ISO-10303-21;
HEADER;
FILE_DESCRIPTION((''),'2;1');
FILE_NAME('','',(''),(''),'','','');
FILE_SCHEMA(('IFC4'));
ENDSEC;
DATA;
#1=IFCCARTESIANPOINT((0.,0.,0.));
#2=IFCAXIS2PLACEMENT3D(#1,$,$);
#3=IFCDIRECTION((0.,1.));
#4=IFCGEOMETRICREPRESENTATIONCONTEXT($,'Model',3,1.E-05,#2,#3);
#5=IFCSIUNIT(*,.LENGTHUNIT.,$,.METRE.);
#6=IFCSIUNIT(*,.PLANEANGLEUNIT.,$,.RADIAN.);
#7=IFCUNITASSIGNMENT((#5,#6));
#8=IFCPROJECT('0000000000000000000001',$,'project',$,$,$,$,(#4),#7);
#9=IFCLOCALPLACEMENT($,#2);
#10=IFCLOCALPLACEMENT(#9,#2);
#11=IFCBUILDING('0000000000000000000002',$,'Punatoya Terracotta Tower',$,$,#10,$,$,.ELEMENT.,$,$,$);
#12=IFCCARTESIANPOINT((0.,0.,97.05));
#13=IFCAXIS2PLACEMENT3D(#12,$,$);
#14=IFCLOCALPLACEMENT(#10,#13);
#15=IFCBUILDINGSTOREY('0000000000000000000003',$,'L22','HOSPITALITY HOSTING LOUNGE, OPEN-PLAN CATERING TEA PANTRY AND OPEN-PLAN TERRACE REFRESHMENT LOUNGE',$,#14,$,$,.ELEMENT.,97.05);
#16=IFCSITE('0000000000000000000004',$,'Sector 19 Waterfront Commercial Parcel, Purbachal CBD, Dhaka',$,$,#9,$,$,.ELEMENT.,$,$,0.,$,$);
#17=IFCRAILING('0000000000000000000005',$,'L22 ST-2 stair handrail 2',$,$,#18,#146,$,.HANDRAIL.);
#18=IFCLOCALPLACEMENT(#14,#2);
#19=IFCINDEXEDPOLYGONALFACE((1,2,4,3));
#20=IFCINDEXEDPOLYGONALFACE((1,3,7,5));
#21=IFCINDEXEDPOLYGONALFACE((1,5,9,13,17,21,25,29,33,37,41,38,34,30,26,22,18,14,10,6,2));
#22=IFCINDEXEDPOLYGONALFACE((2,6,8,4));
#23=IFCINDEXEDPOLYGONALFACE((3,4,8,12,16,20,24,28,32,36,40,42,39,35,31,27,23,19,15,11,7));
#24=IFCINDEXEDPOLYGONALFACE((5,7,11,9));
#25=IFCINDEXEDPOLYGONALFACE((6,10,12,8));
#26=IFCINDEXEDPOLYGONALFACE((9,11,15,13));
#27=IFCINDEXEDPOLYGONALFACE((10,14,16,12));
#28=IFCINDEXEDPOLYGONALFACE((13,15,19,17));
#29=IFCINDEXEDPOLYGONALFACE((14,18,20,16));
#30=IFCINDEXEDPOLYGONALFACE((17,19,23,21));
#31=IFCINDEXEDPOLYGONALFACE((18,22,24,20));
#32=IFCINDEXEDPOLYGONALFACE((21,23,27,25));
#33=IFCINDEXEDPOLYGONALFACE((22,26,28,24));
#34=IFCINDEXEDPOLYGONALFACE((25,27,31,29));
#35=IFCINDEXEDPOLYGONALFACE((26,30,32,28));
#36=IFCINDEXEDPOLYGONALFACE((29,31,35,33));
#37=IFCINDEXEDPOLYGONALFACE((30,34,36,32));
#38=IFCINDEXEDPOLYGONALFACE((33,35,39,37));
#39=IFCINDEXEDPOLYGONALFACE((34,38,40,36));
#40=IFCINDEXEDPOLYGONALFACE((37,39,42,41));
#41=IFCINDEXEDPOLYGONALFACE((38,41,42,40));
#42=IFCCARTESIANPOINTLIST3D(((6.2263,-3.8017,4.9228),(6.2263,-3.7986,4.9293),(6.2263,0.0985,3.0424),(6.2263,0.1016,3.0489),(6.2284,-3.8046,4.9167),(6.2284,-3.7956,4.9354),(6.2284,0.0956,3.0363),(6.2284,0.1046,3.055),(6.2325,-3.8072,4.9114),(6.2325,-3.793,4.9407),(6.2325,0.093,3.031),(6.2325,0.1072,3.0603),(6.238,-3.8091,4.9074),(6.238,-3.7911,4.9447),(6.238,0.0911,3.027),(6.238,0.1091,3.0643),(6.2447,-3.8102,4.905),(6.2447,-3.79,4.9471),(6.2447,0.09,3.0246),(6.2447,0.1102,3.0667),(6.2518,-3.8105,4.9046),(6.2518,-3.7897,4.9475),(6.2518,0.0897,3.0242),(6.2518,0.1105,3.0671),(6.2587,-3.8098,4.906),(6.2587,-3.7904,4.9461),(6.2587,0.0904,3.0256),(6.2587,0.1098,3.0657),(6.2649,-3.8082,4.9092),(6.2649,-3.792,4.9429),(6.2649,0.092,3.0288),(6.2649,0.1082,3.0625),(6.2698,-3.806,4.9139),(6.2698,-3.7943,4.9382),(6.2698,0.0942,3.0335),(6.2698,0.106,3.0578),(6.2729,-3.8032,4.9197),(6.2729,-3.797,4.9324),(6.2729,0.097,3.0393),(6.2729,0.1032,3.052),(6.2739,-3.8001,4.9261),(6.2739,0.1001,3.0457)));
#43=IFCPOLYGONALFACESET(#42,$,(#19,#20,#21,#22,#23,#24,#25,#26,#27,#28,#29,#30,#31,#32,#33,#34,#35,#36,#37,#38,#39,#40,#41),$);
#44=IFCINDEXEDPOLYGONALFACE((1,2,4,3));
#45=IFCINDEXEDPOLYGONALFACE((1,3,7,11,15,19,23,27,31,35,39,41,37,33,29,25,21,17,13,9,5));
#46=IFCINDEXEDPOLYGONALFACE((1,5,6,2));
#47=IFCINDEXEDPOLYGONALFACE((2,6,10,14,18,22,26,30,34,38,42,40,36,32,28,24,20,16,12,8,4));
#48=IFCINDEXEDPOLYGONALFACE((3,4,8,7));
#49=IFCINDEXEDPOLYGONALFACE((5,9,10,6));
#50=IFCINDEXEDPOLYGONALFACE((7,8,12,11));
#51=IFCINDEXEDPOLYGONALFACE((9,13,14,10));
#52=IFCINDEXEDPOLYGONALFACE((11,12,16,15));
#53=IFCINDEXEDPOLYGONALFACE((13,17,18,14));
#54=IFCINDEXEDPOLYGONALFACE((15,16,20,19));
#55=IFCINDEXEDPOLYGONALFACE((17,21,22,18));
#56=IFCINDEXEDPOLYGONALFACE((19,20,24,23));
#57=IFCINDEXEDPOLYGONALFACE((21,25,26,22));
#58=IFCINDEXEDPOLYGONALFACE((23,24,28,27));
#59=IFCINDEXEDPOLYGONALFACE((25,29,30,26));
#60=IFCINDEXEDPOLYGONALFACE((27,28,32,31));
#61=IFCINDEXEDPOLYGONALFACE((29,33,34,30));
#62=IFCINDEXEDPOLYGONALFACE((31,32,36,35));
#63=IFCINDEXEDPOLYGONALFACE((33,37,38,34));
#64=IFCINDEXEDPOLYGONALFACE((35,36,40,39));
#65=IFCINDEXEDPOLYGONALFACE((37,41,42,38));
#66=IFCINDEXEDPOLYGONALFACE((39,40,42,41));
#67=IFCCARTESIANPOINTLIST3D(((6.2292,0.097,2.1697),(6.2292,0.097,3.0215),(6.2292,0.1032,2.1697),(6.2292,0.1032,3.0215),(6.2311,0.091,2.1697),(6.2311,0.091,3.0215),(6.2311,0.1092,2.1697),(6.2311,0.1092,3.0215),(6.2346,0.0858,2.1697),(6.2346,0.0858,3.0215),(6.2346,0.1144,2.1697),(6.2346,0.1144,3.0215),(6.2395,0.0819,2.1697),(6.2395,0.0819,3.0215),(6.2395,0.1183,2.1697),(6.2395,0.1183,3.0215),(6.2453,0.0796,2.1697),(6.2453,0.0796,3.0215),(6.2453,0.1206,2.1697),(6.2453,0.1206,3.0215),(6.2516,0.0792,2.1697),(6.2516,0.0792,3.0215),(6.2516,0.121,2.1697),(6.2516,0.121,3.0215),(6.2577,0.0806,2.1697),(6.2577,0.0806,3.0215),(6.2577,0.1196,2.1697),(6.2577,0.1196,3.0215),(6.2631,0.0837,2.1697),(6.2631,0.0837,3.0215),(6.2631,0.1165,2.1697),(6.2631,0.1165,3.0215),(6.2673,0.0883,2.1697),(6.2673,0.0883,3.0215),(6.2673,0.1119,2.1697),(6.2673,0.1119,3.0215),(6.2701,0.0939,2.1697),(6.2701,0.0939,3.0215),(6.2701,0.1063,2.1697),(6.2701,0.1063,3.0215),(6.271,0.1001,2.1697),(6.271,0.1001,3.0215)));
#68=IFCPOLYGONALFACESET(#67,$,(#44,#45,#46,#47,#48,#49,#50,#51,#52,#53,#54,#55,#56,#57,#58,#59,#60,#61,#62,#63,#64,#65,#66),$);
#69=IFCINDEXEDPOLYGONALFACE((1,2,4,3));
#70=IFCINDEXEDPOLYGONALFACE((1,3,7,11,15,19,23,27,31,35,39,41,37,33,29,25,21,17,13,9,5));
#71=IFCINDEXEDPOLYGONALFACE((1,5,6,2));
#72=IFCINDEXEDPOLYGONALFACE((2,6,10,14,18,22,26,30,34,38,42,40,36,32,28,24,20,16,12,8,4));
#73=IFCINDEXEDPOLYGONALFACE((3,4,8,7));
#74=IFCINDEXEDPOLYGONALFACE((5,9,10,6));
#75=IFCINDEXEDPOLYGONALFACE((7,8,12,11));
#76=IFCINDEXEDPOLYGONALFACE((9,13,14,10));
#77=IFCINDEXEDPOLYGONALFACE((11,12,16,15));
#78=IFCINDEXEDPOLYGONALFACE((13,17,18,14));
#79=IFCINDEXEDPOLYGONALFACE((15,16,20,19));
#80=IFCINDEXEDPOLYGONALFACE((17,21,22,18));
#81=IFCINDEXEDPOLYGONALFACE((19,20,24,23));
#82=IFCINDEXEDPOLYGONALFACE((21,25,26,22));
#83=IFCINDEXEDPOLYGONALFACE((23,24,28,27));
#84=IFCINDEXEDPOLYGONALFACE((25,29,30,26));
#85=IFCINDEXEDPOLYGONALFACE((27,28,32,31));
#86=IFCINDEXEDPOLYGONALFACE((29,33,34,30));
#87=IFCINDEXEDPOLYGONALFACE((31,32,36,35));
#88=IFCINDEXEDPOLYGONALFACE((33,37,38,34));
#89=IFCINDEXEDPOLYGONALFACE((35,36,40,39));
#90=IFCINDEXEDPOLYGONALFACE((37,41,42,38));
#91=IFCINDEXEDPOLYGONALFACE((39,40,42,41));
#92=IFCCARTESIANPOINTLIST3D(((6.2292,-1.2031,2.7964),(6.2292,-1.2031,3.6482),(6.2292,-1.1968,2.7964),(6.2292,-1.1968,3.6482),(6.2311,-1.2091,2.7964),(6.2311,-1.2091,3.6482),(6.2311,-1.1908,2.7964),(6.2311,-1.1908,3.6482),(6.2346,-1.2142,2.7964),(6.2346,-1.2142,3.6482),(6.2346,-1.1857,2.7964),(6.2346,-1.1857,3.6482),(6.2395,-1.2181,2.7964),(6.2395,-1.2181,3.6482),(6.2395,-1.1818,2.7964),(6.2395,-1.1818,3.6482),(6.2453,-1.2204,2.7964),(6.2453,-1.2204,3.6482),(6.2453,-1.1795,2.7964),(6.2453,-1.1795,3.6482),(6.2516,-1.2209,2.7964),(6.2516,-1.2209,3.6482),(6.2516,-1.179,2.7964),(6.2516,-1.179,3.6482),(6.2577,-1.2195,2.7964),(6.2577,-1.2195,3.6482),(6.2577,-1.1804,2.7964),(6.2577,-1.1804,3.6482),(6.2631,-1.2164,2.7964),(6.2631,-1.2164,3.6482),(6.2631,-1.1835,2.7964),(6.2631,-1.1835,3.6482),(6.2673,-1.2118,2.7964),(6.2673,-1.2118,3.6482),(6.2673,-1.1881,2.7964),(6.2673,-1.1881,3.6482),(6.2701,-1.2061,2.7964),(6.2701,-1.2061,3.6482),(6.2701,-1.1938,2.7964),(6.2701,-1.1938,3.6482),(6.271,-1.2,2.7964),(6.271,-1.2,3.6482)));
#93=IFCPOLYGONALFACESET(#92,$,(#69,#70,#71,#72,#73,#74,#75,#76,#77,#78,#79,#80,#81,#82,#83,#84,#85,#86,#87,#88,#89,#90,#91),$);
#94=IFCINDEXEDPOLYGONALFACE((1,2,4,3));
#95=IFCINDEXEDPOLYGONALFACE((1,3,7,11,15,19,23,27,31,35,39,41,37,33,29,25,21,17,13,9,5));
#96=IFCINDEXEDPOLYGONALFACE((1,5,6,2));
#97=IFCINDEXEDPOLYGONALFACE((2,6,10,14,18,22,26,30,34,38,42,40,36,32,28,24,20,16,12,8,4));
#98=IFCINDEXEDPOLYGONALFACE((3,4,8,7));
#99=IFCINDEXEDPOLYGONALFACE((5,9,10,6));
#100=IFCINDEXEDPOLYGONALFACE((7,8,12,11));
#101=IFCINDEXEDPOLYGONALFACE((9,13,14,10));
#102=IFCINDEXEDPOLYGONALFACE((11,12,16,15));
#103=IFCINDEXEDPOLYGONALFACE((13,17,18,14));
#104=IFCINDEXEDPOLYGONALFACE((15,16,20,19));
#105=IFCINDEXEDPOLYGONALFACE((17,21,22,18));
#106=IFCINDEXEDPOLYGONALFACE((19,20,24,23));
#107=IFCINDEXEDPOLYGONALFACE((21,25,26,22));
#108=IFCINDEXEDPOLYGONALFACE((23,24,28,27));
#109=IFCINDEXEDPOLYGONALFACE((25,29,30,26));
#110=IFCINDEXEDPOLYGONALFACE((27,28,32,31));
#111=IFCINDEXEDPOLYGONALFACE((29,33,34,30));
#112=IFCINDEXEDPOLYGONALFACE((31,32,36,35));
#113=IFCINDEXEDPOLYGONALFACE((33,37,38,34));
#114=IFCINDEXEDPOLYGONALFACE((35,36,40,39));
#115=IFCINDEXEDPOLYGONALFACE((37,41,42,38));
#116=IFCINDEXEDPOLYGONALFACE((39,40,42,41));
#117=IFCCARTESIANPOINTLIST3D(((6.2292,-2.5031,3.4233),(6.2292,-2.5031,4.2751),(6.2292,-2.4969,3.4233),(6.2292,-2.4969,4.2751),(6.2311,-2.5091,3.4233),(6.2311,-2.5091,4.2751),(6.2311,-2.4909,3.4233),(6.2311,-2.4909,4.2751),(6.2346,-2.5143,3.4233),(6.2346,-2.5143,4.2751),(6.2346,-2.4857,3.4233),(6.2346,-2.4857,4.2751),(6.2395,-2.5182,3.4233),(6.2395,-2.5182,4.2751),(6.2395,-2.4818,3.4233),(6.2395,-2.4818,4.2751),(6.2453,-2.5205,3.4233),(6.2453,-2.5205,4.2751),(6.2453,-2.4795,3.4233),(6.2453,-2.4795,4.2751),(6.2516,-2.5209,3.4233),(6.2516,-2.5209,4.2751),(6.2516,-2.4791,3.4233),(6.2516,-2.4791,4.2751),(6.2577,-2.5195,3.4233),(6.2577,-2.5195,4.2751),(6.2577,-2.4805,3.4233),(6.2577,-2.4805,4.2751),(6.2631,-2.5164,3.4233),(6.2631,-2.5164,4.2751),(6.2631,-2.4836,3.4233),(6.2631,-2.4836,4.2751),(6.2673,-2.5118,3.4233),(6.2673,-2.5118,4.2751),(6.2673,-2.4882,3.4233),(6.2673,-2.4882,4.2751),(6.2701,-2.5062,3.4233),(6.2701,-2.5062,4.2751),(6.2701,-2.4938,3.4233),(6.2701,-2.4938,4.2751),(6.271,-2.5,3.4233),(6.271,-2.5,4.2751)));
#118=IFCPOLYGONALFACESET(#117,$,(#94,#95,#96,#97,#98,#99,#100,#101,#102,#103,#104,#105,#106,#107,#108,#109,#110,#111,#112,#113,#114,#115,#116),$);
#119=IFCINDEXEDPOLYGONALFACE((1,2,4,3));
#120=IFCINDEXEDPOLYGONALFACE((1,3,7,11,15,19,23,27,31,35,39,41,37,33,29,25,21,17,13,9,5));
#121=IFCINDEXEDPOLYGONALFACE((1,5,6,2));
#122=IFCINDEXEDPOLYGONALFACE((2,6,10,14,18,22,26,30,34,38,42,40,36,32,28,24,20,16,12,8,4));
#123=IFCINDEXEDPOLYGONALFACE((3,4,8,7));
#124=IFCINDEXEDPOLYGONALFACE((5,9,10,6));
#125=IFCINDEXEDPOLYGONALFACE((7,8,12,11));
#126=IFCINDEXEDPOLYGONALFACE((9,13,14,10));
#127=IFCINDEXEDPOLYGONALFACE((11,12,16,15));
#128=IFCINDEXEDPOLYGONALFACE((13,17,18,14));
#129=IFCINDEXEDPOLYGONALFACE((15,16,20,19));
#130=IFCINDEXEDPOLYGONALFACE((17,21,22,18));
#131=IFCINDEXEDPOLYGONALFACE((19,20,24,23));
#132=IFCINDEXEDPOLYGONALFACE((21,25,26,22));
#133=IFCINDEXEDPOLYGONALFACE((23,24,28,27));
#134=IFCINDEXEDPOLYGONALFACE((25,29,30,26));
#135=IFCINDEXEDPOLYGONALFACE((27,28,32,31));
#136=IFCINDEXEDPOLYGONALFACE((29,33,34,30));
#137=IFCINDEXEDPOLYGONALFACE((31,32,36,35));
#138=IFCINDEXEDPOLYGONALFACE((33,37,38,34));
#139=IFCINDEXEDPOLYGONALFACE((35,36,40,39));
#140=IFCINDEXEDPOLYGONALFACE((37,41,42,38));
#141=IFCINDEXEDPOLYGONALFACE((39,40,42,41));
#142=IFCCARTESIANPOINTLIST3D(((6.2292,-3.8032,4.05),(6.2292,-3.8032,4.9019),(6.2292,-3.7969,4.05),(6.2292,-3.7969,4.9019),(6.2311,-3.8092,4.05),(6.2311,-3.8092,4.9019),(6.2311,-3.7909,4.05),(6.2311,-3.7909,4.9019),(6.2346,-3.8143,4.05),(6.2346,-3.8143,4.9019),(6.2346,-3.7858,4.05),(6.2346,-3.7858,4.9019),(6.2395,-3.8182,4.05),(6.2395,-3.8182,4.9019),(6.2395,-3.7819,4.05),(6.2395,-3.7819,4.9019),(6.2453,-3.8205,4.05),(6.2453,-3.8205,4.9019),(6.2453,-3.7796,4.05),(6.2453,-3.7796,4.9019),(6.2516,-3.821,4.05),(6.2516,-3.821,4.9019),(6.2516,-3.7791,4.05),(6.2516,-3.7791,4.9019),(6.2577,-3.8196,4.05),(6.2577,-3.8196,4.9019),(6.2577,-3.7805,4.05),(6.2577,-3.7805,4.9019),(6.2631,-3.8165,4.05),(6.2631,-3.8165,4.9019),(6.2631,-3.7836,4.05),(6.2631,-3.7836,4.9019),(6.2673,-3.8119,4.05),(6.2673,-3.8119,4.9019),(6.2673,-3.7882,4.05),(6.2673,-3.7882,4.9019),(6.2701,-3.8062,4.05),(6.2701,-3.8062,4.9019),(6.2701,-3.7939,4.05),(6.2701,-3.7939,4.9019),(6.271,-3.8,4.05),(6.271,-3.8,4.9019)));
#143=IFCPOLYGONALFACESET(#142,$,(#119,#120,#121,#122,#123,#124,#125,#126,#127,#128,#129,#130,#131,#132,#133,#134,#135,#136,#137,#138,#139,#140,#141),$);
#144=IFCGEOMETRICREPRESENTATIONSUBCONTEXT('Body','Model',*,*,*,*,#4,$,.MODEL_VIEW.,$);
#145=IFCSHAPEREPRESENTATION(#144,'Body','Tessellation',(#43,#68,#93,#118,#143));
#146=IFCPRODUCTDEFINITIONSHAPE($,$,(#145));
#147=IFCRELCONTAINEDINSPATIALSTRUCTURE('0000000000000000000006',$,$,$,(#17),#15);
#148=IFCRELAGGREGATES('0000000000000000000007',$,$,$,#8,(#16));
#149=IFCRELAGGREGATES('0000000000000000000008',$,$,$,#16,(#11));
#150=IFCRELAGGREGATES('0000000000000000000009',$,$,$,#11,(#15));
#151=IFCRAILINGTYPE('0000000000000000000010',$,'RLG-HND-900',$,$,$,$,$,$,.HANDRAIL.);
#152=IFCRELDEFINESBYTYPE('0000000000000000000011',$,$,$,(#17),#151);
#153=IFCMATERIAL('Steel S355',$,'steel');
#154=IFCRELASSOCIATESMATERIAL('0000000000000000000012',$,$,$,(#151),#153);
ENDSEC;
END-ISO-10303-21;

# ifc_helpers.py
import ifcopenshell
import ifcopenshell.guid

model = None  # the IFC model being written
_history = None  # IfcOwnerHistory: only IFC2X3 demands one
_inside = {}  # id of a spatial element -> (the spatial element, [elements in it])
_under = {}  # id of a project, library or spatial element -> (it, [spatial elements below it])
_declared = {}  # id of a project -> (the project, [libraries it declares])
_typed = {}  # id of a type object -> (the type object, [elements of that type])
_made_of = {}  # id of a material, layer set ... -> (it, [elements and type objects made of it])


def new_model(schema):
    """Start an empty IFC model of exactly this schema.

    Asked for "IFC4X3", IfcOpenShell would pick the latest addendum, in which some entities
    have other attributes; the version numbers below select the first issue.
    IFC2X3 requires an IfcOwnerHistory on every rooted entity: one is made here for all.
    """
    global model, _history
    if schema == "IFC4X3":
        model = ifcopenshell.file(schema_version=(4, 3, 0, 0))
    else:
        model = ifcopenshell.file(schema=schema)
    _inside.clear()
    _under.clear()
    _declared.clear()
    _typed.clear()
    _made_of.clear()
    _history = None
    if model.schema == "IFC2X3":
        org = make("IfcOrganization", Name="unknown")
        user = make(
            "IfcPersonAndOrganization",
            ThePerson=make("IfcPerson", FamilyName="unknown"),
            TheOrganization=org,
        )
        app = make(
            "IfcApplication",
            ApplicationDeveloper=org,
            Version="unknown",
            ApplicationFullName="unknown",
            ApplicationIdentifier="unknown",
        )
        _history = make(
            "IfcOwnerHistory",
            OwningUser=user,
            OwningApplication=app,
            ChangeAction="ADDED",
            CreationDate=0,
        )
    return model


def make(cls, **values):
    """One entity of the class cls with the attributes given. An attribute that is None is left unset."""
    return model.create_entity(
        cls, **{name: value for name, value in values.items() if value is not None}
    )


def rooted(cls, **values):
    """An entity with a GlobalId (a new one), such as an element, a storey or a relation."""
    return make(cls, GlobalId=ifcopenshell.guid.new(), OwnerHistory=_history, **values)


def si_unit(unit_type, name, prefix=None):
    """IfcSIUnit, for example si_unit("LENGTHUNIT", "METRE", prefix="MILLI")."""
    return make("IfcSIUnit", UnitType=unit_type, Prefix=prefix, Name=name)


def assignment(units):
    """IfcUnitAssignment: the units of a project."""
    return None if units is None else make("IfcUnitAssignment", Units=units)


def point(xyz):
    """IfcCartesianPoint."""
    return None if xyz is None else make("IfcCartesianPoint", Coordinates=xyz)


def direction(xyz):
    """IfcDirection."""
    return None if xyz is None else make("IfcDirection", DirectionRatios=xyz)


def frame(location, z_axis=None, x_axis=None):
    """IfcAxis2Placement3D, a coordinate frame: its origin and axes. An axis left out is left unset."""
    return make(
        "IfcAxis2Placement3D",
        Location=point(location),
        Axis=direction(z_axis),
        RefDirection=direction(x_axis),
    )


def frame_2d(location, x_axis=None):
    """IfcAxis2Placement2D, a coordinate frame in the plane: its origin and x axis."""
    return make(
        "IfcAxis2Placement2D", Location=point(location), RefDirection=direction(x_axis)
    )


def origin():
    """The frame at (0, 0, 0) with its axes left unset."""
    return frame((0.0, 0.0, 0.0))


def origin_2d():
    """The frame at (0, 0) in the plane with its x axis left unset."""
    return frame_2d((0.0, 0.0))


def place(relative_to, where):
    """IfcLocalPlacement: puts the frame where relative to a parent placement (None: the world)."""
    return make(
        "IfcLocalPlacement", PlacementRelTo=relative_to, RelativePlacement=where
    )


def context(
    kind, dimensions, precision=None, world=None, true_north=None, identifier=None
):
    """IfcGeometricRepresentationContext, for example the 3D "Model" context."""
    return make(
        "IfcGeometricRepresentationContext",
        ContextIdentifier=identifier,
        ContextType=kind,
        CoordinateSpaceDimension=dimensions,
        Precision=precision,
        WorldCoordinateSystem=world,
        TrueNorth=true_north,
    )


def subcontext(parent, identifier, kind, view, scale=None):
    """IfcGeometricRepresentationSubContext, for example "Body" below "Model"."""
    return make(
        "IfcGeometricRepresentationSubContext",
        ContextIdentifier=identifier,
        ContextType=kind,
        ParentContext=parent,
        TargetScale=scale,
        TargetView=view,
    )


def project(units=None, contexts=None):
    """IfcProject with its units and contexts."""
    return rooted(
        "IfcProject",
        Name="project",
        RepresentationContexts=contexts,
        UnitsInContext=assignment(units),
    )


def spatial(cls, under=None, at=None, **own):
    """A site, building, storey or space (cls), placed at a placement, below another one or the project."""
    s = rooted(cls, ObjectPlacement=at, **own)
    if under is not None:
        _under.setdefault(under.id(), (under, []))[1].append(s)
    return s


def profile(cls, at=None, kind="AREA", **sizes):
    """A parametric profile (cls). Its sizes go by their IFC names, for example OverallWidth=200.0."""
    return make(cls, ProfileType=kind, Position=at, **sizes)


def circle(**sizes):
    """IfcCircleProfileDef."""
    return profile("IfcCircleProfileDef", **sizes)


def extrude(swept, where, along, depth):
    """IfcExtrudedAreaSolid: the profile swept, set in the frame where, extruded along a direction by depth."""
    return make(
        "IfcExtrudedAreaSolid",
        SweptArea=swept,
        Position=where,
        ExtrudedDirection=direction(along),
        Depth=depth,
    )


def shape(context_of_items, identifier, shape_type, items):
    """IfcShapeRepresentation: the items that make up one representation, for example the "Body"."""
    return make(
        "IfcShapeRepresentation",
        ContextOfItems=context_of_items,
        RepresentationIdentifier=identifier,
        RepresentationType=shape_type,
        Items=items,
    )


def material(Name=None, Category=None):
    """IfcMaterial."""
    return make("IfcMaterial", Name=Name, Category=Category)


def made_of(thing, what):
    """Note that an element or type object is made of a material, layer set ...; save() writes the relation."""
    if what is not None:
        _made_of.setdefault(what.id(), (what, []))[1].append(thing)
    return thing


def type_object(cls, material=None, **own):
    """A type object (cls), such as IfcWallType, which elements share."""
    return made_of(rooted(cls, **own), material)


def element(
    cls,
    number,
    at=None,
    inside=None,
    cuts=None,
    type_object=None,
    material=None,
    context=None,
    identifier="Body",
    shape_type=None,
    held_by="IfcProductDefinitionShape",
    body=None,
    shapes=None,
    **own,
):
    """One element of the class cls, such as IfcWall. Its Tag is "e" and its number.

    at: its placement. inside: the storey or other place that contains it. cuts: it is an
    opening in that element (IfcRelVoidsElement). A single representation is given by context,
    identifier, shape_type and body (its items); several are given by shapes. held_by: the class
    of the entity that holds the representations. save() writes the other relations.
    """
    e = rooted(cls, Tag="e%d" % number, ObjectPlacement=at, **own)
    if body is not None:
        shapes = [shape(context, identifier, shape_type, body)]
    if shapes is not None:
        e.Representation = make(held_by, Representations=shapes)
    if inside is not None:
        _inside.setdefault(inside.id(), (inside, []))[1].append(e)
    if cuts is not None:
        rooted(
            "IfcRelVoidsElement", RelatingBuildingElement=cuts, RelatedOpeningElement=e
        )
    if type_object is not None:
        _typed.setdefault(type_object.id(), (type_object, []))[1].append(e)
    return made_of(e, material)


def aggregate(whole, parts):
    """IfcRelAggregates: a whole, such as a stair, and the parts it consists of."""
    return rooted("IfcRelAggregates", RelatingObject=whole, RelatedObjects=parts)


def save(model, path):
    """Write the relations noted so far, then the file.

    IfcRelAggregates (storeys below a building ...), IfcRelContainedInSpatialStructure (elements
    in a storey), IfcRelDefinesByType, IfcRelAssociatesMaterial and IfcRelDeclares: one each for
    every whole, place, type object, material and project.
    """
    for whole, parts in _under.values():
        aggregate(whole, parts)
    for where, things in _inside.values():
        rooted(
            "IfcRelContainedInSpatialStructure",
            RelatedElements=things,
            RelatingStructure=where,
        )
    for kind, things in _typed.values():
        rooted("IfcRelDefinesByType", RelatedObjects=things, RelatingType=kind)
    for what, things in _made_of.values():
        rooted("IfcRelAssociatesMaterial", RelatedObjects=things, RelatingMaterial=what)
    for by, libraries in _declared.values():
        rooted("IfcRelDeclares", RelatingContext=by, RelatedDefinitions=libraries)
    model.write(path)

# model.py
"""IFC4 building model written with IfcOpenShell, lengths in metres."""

from ifc_helpers import new_model, si_unit, direction, frame, origin, origin_2d, place, context, subcontext, project, spatial, circle, extrude, material, type_object, element, save


model = new_model("IFC4")

# Units and contexts
model_context = context("Model", 3, precision=1e-05, world=origin(), true_north=direction((0.0, 1.0)))
body_context = subcontext(model_context, "Body", "Model", "MODEL_VIEW")
ifc_project = project(units=[si_unit("LENGTHUNIT", "METRE"), si_unit("PLANEANGLEUNIT", "RADIAN")], contexts=[model_context])

# Site, building, storey
site_placement = place(None, origin())
site = spatial("IfcSite", under=ifc_project, at=site_placement, Name="Sector 19 Waterfront Commercial Parcel, Purbachal CBD, Dhaka", CompositionType="ELEMENT", RefElevation=0.0)
building_placement = place(site_placement, origin())
building = spatial("IfcBuilding", under=site, at=building_placement, Name="Punatoya Terracotta Tower", CompositionType="ELEMENT")
storey_placement = place(building_placement, frame((0.0, 0.0, 97.05)))
storey = spatial("IfcBuildingStorey", under=building, at=storey_placement, Name="L22", Description="HOSPITALITY HOSTING LOUNGE, OPEN-PLAN CATERING TEA PANTRY AND OPEN-PLAN TERRACE REFRESHMENT LOUNGE", CompositionType="ELEMENT", Elevation=97.05)

# Shared definitions
ifc_material_1 = material(Name="Steel S355", Category="steel")

# Railing
railing_type_1 = type_object("IfcRailingType", Name="RLG-HND-900", PredefinedType="HANDRAIL", material=ifc_material_1)
railing_1_placement = place(storey_placement, frame((6.25, 0.1001, 2.1697)))
element("IfcRailing", 1, at=railing_1_placement, inside=storey, type_object=railing_type_1, Name="L22 ST-2 stair handrail 2", PredefinedType="HANDRAIL", context=body_context, shape_type="SweptSolid", body=[
    extrude(circle(Radius=0.0239, at=origin_2d()), frame((0.0, 0.0, 0.876), z_axis=(0.0, -0.900774, 0.434289), x_axis=(1.0, 0.0, 0.0)), (0.0, 0.0, 1.0), 4.3298),
    extrude(circle(Radius=0.021, at=origin_2d()), origin(), (0.0, 0.0, 1.0), 0.8518),
    extrude(circle(Radius=0.021, at=origin_2d()), frame((0.0, -1.3, 0.6267)), (0.0, 0.0, 1.0), 0.8518),
    extrude(circle(Radius=0.021, at=origin_2d()), frame((0.0, -2.6001, 1.2537)), (0.0, 0.0, 1.0), 0.8518),
    extrude(circle(Radius=0.021, at=origin_2d()), frame((0.0, -3.9001, 1.8804)), (0.0, 0.0, 1.0), 0.8518),
])

save(model, "model.ifc")
